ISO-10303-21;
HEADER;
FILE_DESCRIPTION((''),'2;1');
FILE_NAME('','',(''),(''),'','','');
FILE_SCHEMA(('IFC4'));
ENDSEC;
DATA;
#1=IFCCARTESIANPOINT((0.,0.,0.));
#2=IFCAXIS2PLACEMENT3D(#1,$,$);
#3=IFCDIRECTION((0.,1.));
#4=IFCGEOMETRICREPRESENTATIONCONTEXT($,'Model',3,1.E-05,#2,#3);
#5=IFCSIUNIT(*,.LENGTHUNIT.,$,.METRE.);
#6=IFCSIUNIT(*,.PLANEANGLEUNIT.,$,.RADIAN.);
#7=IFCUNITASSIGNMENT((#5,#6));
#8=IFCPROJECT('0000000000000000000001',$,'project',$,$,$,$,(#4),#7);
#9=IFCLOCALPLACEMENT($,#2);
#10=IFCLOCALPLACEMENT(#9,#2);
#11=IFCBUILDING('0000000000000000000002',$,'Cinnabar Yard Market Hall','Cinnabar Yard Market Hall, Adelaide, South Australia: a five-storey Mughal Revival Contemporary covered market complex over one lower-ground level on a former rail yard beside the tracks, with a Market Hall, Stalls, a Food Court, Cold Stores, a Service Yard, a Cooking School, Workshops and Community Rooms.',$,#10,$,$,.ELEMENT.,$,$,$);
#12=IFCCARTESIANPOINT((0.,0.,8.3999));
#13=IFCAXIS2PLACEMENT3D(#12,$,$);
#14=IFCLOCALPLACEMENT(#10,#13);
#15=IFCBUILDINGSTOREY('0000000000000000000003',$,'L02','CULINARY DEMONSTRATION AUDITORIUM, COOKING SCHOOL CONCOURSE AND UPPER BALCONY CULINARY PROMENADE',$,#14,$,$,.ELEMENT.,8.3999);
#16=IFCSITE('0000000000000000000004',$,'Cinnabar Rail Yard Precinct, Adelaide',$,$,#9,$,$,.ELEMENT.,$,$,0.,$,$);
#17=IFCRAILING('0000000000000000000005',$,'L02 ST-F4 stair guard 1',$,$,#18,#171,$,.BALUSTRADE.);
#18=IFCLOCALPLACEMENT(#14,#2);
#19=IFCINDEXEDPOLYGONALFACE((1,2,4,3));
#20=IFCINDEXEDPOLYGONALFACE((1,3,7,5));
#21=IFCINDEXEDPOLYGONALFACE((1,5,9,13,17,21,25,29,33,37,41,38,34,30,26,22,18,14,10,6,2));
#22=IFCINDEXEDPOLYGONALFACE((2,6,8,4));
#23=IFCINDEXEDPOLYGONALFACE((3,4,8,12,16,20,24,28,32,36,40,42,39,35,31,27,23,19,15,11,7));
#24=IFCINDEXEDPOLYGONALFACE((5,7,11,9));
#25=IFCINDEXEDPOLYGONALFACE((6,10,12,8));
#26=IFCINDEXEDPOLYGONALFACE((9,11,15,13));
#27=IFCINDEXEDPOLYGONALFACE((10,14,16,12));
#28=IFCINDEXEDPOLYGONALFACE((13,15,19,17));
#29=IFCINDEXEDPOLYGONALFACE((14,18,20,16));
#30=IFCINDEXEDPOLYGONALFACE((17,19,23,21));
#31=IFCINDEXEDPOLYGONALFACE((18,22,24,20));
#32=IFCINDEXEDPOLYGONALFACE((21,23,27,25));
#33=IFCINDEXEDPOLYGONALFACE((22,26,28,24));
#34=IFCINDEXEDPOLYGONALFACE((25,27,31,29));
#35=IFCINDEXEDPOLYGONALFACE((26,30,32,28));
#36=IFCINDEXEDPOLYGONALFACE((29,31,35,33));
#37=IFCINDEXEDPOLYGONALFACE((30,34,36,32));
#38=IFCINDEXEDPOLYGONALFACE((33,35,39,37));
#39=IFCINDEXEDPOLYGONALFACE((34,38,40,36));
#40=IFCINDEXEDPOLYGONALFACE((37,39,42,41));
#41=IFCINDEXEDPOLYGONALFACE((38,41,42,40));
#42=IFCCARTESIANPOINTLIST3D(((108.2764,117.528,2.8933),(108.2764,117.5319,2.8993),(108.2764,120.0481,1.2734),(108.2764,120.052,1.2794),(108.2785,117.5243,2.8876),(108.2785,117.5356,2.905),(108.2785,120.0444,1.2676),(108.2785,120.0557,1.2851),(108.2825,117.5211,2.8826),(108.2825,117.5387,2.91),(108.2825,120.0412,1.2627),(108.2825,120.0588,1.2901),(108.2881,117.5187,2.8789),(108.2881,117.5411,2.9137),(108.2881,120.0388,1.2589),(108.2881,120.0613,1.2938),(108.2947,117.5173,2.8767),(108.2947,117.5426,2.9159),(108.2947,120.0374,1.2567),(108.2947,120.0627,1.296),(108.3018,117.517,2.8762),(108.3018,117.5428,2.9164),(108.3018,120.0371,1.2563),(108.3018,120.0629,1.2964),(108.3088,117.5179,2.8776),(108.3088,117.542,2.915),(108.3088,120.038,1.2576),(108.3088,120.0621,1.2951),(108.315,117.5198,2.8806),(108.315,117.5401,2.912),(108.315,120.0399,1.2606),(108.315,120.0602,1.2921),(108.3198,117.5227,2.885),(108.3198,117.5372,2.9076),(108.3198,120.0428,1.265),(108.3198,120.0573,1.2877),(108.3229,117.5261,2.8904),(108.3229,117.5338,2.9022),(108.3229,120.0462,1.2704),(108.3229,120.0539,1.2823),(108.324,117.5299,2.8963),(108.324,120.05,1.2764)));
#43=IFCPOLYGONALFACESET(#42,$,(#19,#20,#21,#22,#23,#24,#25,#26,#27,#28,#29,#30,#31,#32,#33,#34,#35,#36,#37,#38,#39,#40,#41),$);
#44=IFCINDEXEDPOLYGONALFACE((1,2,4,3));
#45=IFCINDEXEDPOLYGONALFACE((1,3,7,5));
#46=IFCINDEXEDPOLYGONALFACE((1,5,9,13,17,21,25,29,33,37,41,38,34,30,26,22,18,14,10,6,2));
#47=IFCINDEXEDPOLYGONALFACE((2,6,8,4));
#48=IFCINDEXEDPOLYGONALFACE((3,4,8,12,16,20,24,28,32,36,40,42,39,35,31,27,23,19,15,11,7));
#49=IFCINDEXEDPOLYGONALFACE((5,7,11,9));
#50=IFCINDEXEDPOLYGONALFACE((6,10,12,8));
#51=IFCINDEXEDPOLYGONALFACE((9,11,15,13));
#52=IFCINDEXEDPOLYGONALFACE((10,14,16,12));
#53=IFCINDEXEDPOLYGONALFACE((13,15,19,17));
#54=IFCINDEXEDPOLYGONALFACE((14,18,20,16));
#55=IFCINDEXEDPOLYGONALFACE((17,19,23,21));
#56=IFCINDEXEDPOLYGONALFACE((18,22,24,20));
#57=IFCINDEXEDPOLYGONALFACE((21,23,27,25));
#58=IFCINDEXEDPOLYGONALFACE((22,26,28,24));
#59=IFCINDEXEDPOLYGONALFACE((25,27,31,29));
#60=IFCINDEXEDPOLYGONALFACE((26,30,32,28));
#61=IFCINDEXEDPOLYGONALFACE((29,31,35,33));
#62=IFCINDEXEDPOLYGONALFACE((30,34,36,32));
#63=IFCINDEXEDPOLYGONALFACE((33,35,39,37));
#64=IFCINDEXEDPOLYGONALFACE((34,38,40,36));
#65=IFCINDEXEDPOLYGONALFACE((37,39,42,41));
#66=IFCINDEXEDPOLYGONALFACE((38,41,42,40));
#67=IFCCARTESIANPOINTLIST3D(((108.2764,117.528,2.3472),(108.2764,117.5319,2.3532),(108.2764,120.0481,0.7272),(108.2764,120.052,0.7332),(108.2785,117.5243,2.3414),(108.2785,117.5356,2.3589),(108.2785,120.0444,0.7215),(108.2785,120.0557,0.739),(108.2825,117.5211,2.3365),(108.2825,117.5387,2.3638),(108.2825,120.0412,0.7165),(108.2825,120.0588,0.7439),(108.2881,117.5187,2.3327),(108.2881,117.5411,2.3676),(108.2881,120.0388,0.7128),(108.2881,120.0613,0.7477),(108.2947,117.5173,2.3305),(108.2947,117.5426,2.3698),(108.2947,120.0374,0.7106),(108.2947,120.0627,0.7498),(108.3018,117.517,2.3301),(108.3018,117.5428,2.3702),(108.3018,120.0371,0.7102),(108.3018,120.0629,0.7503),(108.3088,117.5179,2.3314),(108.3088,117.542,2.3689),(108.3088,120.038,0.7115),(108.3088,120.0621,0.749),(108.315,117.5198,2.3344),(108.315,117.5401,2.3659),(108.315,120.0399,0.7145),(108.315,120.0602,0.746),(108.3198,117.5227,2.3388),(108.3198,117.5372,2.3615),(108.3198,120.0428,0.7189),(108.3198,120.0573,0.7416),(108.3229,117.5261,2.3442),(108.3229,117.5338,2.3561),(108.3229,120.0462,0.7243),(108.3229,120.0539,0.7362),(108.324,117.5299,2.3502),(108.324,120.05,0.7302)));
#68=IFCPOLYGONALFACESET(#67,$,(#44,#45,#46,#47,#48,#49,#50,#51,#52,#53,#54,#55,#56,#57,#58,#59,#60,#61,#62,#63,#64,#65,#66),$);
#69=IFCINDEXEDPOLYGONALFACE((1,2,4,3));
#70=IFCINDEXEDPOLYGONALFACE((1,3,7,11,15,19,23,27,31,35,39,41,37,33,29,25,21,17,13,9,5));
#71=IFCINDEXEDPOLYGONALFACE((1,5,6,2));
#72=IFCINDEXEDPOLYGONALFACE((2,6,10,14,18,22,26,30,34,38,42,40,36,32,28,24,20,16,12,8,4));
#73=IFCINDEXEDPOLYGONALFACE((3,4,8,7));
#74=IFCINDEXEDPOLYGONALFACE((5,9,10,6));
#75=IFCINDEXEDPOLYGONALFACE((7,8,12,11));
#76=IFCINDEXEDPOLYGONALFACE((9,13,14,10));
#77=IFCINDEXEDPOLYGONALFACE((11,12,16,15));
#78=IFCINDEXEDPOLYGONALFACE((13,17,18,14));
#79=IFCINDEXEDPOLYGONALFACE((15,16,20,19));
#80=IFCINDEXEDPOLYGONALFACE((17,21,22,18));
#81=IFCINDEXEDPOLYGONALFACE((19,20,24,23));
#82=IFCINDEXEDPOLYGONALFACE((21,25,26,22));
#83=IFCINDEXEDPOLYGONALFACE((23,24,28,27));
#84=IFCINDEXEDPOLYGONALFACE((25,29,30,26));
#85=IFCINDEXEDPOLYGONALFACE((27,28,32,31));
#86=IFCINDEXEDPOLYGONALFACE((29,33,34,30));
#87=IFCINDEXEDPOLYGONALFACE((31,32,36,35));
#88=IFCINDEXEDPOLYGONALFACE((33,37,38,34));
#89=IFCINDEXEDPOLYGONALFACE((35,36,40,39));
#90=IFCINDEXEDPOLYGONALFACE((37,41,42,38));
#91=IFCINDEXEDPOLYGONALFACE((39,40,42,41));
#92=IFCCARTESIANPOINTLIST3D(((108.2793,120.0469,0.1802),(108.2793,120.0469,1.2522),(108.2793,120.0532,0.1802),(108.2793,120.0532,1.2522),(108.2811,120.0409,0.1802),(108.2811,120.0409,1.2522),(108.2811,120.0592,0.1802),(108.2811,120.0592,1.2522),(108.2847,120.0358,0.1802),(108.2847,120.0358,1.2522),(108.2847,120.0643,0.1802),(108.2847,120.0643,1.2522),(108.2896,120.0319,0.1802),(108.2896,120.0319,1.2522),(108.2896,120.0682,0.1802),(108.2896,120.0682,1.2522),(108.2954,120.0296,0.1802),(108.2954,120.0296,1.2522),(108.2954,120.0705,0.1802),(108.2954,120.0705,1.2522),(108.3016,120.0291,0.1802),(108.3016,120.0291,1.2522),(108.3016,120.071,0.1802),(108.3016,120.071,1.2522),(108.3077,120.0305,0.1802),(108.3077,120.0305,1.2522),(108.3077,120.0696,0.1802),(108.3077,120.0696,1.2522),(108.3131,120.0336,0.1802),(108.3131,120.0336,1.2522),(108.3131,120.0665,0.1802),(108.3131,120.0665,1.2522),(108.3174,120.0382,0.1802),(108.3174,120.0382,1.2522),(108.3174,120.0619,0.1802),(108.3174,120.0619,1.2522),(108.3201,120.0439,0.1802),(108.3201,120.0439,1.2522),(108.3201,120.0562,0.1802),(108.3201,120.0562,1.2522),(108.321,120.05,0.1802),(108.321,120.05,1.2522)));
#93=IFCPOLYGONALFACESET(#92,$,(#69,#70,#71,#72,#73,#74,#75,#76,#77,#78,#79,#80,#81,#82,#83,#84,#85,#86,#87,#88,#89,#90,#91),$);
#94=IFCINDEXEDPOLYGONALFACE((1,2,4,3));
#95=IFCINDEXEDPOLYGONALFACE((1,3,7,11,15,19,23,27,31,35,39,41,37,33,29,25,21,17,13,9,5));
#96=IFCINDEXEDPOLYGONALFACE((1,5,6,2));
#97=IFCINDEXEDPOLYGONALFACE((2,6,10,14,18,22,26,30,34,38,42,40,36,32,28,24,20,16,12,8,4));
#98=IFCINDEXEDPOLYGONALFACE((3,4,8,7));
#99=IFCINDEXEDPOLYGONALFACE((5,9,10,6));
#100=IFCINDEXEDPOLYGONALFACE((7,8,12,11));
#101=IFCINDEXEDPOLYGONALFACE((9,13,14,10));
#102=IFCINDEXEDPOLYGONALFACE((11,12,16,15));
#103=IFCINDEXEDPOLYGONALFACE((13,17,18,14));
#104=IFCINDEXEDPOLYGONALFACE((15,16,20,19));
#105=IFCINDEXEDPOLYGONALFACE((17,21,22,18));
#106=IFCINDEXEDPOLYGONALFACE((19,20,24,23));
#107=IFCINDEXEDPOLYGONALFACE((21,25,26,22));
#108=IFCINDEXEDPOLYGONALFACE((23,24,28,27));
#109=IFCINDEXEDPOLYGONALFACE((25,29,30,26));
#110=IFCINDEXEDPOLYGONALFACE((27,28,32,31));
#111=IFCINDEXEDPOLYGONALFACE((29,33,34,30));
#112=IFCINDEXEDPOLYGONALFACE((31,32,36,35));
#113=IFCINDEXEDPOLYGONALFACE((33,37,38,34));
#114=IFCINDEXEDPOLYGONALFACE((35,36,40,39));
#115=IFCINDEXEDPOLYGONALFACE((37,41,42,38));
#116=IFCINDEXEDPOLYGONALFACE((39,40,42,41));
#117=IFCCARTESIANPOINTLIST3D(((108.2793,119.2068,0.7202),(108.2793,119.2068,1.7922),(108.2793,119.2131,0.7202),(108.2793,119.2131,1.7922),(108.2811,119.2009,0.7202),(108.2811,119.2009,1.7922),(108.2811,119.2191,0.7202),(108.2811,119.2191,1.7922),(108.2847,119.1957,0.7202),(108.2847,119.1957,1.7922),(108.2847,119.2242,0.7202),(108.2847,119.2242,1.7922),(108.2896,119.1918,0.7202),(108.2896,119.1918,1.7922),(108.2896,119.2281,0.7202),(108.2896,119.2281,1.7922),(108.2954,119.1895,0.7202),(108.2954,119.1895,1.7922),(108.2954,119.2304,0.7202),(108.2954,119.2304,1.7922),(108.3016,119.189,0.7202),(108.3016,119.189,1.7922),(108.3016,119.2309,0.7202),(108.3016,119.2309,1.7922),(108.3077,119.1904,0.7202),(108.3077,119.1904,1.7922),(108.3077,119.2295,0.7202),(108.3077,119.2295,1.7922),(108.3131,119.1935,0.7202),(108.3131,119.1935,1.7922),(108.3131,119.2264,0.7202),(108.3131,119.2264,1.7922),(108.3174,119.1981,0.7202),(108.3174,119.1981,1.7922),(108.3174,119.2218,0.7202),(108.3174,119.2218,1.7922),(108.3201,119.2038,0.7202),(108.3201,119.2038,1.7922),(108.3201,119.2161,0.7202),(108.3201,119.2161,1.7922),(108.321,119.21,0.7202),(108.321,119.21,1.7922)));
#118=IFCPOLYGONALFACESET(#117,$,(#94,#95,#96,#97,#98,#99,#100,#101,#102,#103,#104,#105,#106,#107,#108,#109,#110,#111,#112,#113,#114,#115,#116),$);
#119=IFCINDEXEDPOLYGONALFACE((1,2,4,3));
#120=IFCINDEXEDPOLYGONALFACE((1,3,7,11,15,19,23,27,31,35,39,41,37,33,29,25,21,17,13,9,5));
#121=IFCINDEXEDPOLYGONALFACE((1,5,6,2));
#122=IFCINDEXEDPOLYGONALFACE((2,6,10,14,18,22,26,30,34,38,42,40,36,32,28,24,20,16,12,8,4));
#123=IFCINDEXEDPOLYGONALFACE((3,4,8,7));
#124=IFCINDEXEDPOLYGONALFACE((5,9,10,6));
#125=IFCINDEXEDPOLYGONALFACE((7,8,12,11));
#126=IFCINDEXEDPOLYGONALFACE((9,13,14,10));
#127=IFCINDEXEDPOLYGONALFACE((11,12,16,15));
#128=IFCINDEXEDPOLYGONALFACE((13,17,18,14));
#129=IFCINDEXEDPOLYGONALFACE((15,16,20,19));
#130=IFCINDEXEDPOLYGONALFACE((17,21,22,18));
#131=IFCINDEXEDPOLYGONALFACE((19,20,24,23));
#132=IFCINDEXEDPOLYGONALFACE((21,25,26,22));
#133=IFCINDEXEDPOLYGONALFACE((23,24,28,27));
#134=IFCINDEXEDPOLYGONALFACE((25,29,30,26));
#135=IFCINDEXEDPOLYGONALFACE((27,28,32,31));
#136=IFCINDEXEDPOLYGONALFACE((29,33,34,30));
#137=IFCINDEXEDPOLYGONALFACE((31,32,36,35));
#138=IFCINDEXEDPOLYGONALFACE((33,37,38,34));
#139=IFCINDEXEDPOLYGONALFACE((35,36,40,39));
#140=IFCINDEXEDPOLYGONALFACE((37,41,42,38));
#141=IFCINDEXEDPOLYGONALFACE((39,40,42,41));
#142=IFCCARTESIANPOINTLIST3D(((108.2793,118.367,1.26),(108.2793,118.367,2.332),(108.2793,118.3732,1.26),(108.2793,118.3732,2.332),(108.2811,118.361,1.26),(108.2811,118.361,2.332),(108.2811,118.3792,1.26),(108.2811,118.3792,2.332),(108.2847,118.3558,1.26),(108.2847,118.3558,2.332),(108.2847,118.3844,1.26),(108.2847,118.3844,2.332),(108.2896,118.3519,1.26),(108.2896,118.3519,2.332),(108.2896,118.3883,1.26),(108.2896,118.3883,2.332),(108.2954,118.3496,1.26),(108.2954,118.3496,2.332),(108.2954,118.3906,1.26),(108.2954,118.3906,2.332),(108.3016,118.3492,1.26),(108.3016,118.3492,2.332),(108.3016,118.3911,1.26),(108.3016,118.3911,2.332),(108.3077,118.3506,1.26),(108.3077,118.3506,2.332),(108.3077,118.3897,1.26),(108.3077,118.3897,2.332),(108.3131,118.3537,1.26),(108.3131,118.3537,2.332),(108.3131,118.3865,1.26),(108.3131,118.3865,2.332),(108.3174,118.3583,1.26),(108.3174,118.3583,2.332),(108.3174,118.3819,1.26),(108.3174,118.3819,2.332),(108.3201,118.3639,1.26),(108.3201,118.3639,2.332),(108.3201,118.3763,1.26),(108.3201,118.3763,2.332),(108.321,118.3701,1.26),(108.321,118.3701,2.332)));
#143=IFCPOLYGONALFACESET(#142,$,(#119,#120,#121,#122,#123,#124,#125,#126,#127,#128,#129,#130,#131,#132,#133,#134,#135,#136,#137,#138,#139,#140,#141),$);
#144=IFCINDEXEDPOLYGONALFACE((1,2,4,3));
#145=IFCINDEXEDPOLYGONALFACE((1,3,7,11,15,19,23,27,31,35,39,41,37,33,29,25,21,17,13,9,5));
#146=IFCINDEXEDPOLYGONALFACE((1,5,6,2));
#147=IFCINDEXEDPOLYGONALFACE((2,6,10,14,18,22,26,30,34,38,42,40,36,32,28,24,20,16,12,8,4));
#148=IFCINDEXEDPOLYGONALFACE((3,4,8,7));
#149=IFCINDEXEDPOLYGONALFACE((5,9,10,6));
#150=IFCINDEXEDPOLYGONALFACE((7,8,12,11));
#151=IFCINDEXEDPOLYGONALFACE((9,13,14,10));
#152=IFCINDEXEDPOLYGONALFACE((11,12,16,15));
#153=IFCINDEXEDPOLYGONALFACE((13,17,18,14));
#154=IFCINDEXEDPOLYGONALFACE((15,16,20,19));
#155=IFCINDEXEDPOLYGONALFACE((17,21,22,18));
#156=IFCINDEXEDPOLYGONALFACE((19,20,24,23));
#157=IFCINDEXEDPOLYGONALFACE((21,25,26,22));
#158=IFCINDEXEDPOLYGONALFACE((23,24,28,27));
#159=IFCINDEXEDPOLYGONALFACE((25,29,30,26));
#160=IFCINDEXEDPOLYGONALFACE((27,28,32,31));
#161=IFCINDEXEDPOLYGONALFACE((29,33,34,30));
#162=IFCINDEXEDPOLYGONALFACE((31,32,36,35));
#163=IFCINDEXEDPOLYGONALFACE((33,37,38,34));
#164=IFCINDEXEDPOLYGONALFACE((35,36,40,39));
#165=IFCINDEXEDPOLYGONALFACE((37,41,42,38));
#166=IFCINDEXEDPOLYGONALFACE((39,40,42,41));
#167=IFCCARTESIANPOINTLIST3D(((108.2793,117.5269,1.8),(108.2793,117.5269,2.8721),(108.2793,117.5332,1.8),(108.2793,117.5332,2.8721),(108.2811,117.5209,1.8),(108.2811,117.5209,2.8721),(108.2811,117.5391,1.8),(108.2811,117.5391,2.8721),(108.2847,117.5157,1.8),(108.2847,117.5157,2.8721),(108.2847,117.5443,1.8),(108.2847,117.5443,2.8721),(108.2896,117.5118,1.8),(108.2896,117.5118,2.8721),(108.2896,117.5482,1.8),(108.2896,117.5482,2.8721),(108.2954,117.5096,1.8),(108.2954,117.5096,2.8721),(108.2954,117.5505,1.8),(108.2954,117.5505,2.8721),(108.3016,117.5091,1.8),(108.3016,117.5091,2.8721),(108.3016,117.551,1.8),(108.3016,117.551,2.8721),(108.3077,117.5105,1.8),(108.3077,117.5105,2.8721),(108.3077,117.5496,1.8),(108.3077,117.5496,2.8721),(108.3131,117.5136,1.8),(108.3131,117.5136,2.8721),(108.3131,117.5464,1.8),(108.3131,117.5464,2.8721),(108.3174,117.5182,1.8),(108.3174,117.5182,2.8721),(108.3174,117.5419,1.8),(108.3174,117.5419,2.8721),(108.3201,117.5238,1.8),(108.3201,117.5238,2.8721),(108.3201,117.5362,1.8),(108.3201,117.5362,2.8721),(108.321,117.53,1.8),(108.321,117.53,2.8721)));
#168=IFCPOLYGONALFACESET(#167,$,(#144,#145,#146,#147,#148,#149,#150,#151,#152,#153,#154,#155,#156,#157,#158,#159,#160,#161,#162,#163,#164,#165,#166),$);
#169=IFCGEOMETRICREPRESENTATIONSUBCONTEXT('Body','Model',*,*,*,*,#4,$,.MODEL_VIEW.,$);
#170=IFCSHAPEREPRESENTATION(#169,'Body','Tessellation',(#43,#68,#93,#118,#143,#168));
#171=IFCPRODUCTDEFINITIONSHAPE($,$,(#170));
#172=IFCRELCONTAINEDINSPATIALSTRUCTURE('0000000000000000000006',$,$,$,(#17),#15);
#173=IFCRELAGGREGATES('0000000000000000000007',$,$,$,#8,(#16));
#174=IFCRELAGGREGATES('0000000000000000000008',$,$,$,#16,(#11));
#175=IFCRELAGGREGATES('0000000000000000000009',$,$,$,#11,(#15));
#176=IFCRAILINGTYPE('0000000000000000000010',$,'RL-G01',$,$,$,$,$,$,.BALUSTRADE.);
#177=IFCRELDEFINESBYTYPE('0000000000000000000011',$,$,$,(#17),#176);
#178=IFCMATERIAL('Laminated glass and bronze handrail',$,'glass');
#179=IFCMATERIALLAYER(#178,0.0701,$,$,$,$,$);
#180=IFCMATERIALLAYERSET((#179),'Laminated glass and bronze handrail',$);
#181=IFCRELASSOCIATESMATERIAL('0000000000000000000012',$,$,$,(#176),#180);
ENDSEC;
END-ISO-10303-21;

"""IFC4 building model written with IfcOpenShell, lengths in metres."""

from ifc_helpers import new_model, si_unit, direction, frame, origin, origin_2d_with_axis, place, context, subcontext, project, spatial, circle, extrude, material, layer, layer_set, type_object, element, save


model = new_model("IFC4")

# Units and contexts
model_context = context("Model", 3, precision=1e-05, world=origin(), true_north=direction((0.0, 1.0)))
body_context = subcontext(model_context, "Body", "Model", "MODEL_VIEW")
ifc_project = project(units=[si_unit("LENGTHUNIT", "METRE"), si_unit("PLANEANGLEUNIT", "RADIAN")], contexts=[model_context])

# Site, building, storey
site_placement = place(None, origin())
site = spatial("IfcSite", under=ifc_project, at=site_placement, Name="Cinnabar Rail Yard Precinct, Adelaide", CompositionType="ELEMENT", RefElevation=0.0)
building_placement = place(site_placement, origin())
building = spatial("IfcBuilding", under=site, at=building_placement, Name="Cinnabar Yard Market Hall", Description="Cinnabar Yard Market Hall, Adelaide, South Australia: a five-storey Mughal Revival Contemporary covered market complex over one lower-ground level on a former rail yard beside the tracks, with a Market Hall, Stalls, a Food Court, Cold Stores, a Service Yard, a Cooking School, Workshops and Community Rooms.", CompositionType="ELEMENT")
storey_placement = place(building_placement, frame((0.0, 0.0, 8.3999)))
storey = spatial("IfcBuildingStorey", under=building, at=storey_placement, Name="L02", Description="CULINARY DEMONSTRATION AUDITORIUM, COOKING SCHOOL CONCOURSE AND UPPER BALCONY CULINARY PROMENADE", CompositionType="ELEMENT", Elevation=8.3999)

# Railing
ifc_material_1 = material(Name="Laminated glass and bronze handrail", Category="glass")
ifc_layer_1 = layer(ifc_material_1, 0.0701)
ifc_layer_set_1 = layer_set([ifc_layer_1], Name="Laminated glass and bronze handrail")
railing_type_1 = type_object("IfcRailingType", Name="RL-G01", PredefinedType="BALUSTRADE", material=ifc_layer_set_1)
railing_1_placement = place(storey_placement, frame((108.3, 120.05, 0.1802)))
element("IfcRailing", 1, at=railing_1_placement, inside=storey, type_object=railing_type_1, Name="L02 ST-F4 stair guard 1", PredefinedType="BALUSTRADE", context=body_context, shape_type="SweptSolid", body=[
    extrude(circle(Radius=0.0239, at=origin_2d_with_axis()), frame((0.0, 0.0, 1.0962), z_axis=(0.0, -0.8412, 0.540725), x_axis=(1.0, 0.0, 0.0)), (0.0, 0.0, 1.0), 2.9958),
    extrude(circle(Radius=0.0239, at=origin_2d_with_axis()), frame((0.0, 0.0, 0.55), z_axis=(0.0, -0.8412, 0.540725), x_axis=(1.0, 0.0, 0.0)), (0.0, 0.0, 1.0), 2.9958),
    extrude(circle(Radius=0.021, at=origin_2d_with_axis()), origin(), (0.0, 0.0, 1.0), 1.072),
    extrude(circle(Radius=0.021, at=origin_2d_with_axis()), frame((0.0, -0.8401, 0.54)), (0.0, 0.0, 1.0), 1.072),
    extrude(circle(Radius=0.021, at=origin_2d_with_axis()), frame((0.0, -1.6799, 1.0798)), (0.0, 0.0, 1.0), 1.072),
    extrude(circle(Radius=0.021, at=origin_2d_with_axis()), frame((0.0, -2.52, 1.6199)), (0.0, 0.0, 1.0), 1.072),
])

save(model, "model.ifc")
